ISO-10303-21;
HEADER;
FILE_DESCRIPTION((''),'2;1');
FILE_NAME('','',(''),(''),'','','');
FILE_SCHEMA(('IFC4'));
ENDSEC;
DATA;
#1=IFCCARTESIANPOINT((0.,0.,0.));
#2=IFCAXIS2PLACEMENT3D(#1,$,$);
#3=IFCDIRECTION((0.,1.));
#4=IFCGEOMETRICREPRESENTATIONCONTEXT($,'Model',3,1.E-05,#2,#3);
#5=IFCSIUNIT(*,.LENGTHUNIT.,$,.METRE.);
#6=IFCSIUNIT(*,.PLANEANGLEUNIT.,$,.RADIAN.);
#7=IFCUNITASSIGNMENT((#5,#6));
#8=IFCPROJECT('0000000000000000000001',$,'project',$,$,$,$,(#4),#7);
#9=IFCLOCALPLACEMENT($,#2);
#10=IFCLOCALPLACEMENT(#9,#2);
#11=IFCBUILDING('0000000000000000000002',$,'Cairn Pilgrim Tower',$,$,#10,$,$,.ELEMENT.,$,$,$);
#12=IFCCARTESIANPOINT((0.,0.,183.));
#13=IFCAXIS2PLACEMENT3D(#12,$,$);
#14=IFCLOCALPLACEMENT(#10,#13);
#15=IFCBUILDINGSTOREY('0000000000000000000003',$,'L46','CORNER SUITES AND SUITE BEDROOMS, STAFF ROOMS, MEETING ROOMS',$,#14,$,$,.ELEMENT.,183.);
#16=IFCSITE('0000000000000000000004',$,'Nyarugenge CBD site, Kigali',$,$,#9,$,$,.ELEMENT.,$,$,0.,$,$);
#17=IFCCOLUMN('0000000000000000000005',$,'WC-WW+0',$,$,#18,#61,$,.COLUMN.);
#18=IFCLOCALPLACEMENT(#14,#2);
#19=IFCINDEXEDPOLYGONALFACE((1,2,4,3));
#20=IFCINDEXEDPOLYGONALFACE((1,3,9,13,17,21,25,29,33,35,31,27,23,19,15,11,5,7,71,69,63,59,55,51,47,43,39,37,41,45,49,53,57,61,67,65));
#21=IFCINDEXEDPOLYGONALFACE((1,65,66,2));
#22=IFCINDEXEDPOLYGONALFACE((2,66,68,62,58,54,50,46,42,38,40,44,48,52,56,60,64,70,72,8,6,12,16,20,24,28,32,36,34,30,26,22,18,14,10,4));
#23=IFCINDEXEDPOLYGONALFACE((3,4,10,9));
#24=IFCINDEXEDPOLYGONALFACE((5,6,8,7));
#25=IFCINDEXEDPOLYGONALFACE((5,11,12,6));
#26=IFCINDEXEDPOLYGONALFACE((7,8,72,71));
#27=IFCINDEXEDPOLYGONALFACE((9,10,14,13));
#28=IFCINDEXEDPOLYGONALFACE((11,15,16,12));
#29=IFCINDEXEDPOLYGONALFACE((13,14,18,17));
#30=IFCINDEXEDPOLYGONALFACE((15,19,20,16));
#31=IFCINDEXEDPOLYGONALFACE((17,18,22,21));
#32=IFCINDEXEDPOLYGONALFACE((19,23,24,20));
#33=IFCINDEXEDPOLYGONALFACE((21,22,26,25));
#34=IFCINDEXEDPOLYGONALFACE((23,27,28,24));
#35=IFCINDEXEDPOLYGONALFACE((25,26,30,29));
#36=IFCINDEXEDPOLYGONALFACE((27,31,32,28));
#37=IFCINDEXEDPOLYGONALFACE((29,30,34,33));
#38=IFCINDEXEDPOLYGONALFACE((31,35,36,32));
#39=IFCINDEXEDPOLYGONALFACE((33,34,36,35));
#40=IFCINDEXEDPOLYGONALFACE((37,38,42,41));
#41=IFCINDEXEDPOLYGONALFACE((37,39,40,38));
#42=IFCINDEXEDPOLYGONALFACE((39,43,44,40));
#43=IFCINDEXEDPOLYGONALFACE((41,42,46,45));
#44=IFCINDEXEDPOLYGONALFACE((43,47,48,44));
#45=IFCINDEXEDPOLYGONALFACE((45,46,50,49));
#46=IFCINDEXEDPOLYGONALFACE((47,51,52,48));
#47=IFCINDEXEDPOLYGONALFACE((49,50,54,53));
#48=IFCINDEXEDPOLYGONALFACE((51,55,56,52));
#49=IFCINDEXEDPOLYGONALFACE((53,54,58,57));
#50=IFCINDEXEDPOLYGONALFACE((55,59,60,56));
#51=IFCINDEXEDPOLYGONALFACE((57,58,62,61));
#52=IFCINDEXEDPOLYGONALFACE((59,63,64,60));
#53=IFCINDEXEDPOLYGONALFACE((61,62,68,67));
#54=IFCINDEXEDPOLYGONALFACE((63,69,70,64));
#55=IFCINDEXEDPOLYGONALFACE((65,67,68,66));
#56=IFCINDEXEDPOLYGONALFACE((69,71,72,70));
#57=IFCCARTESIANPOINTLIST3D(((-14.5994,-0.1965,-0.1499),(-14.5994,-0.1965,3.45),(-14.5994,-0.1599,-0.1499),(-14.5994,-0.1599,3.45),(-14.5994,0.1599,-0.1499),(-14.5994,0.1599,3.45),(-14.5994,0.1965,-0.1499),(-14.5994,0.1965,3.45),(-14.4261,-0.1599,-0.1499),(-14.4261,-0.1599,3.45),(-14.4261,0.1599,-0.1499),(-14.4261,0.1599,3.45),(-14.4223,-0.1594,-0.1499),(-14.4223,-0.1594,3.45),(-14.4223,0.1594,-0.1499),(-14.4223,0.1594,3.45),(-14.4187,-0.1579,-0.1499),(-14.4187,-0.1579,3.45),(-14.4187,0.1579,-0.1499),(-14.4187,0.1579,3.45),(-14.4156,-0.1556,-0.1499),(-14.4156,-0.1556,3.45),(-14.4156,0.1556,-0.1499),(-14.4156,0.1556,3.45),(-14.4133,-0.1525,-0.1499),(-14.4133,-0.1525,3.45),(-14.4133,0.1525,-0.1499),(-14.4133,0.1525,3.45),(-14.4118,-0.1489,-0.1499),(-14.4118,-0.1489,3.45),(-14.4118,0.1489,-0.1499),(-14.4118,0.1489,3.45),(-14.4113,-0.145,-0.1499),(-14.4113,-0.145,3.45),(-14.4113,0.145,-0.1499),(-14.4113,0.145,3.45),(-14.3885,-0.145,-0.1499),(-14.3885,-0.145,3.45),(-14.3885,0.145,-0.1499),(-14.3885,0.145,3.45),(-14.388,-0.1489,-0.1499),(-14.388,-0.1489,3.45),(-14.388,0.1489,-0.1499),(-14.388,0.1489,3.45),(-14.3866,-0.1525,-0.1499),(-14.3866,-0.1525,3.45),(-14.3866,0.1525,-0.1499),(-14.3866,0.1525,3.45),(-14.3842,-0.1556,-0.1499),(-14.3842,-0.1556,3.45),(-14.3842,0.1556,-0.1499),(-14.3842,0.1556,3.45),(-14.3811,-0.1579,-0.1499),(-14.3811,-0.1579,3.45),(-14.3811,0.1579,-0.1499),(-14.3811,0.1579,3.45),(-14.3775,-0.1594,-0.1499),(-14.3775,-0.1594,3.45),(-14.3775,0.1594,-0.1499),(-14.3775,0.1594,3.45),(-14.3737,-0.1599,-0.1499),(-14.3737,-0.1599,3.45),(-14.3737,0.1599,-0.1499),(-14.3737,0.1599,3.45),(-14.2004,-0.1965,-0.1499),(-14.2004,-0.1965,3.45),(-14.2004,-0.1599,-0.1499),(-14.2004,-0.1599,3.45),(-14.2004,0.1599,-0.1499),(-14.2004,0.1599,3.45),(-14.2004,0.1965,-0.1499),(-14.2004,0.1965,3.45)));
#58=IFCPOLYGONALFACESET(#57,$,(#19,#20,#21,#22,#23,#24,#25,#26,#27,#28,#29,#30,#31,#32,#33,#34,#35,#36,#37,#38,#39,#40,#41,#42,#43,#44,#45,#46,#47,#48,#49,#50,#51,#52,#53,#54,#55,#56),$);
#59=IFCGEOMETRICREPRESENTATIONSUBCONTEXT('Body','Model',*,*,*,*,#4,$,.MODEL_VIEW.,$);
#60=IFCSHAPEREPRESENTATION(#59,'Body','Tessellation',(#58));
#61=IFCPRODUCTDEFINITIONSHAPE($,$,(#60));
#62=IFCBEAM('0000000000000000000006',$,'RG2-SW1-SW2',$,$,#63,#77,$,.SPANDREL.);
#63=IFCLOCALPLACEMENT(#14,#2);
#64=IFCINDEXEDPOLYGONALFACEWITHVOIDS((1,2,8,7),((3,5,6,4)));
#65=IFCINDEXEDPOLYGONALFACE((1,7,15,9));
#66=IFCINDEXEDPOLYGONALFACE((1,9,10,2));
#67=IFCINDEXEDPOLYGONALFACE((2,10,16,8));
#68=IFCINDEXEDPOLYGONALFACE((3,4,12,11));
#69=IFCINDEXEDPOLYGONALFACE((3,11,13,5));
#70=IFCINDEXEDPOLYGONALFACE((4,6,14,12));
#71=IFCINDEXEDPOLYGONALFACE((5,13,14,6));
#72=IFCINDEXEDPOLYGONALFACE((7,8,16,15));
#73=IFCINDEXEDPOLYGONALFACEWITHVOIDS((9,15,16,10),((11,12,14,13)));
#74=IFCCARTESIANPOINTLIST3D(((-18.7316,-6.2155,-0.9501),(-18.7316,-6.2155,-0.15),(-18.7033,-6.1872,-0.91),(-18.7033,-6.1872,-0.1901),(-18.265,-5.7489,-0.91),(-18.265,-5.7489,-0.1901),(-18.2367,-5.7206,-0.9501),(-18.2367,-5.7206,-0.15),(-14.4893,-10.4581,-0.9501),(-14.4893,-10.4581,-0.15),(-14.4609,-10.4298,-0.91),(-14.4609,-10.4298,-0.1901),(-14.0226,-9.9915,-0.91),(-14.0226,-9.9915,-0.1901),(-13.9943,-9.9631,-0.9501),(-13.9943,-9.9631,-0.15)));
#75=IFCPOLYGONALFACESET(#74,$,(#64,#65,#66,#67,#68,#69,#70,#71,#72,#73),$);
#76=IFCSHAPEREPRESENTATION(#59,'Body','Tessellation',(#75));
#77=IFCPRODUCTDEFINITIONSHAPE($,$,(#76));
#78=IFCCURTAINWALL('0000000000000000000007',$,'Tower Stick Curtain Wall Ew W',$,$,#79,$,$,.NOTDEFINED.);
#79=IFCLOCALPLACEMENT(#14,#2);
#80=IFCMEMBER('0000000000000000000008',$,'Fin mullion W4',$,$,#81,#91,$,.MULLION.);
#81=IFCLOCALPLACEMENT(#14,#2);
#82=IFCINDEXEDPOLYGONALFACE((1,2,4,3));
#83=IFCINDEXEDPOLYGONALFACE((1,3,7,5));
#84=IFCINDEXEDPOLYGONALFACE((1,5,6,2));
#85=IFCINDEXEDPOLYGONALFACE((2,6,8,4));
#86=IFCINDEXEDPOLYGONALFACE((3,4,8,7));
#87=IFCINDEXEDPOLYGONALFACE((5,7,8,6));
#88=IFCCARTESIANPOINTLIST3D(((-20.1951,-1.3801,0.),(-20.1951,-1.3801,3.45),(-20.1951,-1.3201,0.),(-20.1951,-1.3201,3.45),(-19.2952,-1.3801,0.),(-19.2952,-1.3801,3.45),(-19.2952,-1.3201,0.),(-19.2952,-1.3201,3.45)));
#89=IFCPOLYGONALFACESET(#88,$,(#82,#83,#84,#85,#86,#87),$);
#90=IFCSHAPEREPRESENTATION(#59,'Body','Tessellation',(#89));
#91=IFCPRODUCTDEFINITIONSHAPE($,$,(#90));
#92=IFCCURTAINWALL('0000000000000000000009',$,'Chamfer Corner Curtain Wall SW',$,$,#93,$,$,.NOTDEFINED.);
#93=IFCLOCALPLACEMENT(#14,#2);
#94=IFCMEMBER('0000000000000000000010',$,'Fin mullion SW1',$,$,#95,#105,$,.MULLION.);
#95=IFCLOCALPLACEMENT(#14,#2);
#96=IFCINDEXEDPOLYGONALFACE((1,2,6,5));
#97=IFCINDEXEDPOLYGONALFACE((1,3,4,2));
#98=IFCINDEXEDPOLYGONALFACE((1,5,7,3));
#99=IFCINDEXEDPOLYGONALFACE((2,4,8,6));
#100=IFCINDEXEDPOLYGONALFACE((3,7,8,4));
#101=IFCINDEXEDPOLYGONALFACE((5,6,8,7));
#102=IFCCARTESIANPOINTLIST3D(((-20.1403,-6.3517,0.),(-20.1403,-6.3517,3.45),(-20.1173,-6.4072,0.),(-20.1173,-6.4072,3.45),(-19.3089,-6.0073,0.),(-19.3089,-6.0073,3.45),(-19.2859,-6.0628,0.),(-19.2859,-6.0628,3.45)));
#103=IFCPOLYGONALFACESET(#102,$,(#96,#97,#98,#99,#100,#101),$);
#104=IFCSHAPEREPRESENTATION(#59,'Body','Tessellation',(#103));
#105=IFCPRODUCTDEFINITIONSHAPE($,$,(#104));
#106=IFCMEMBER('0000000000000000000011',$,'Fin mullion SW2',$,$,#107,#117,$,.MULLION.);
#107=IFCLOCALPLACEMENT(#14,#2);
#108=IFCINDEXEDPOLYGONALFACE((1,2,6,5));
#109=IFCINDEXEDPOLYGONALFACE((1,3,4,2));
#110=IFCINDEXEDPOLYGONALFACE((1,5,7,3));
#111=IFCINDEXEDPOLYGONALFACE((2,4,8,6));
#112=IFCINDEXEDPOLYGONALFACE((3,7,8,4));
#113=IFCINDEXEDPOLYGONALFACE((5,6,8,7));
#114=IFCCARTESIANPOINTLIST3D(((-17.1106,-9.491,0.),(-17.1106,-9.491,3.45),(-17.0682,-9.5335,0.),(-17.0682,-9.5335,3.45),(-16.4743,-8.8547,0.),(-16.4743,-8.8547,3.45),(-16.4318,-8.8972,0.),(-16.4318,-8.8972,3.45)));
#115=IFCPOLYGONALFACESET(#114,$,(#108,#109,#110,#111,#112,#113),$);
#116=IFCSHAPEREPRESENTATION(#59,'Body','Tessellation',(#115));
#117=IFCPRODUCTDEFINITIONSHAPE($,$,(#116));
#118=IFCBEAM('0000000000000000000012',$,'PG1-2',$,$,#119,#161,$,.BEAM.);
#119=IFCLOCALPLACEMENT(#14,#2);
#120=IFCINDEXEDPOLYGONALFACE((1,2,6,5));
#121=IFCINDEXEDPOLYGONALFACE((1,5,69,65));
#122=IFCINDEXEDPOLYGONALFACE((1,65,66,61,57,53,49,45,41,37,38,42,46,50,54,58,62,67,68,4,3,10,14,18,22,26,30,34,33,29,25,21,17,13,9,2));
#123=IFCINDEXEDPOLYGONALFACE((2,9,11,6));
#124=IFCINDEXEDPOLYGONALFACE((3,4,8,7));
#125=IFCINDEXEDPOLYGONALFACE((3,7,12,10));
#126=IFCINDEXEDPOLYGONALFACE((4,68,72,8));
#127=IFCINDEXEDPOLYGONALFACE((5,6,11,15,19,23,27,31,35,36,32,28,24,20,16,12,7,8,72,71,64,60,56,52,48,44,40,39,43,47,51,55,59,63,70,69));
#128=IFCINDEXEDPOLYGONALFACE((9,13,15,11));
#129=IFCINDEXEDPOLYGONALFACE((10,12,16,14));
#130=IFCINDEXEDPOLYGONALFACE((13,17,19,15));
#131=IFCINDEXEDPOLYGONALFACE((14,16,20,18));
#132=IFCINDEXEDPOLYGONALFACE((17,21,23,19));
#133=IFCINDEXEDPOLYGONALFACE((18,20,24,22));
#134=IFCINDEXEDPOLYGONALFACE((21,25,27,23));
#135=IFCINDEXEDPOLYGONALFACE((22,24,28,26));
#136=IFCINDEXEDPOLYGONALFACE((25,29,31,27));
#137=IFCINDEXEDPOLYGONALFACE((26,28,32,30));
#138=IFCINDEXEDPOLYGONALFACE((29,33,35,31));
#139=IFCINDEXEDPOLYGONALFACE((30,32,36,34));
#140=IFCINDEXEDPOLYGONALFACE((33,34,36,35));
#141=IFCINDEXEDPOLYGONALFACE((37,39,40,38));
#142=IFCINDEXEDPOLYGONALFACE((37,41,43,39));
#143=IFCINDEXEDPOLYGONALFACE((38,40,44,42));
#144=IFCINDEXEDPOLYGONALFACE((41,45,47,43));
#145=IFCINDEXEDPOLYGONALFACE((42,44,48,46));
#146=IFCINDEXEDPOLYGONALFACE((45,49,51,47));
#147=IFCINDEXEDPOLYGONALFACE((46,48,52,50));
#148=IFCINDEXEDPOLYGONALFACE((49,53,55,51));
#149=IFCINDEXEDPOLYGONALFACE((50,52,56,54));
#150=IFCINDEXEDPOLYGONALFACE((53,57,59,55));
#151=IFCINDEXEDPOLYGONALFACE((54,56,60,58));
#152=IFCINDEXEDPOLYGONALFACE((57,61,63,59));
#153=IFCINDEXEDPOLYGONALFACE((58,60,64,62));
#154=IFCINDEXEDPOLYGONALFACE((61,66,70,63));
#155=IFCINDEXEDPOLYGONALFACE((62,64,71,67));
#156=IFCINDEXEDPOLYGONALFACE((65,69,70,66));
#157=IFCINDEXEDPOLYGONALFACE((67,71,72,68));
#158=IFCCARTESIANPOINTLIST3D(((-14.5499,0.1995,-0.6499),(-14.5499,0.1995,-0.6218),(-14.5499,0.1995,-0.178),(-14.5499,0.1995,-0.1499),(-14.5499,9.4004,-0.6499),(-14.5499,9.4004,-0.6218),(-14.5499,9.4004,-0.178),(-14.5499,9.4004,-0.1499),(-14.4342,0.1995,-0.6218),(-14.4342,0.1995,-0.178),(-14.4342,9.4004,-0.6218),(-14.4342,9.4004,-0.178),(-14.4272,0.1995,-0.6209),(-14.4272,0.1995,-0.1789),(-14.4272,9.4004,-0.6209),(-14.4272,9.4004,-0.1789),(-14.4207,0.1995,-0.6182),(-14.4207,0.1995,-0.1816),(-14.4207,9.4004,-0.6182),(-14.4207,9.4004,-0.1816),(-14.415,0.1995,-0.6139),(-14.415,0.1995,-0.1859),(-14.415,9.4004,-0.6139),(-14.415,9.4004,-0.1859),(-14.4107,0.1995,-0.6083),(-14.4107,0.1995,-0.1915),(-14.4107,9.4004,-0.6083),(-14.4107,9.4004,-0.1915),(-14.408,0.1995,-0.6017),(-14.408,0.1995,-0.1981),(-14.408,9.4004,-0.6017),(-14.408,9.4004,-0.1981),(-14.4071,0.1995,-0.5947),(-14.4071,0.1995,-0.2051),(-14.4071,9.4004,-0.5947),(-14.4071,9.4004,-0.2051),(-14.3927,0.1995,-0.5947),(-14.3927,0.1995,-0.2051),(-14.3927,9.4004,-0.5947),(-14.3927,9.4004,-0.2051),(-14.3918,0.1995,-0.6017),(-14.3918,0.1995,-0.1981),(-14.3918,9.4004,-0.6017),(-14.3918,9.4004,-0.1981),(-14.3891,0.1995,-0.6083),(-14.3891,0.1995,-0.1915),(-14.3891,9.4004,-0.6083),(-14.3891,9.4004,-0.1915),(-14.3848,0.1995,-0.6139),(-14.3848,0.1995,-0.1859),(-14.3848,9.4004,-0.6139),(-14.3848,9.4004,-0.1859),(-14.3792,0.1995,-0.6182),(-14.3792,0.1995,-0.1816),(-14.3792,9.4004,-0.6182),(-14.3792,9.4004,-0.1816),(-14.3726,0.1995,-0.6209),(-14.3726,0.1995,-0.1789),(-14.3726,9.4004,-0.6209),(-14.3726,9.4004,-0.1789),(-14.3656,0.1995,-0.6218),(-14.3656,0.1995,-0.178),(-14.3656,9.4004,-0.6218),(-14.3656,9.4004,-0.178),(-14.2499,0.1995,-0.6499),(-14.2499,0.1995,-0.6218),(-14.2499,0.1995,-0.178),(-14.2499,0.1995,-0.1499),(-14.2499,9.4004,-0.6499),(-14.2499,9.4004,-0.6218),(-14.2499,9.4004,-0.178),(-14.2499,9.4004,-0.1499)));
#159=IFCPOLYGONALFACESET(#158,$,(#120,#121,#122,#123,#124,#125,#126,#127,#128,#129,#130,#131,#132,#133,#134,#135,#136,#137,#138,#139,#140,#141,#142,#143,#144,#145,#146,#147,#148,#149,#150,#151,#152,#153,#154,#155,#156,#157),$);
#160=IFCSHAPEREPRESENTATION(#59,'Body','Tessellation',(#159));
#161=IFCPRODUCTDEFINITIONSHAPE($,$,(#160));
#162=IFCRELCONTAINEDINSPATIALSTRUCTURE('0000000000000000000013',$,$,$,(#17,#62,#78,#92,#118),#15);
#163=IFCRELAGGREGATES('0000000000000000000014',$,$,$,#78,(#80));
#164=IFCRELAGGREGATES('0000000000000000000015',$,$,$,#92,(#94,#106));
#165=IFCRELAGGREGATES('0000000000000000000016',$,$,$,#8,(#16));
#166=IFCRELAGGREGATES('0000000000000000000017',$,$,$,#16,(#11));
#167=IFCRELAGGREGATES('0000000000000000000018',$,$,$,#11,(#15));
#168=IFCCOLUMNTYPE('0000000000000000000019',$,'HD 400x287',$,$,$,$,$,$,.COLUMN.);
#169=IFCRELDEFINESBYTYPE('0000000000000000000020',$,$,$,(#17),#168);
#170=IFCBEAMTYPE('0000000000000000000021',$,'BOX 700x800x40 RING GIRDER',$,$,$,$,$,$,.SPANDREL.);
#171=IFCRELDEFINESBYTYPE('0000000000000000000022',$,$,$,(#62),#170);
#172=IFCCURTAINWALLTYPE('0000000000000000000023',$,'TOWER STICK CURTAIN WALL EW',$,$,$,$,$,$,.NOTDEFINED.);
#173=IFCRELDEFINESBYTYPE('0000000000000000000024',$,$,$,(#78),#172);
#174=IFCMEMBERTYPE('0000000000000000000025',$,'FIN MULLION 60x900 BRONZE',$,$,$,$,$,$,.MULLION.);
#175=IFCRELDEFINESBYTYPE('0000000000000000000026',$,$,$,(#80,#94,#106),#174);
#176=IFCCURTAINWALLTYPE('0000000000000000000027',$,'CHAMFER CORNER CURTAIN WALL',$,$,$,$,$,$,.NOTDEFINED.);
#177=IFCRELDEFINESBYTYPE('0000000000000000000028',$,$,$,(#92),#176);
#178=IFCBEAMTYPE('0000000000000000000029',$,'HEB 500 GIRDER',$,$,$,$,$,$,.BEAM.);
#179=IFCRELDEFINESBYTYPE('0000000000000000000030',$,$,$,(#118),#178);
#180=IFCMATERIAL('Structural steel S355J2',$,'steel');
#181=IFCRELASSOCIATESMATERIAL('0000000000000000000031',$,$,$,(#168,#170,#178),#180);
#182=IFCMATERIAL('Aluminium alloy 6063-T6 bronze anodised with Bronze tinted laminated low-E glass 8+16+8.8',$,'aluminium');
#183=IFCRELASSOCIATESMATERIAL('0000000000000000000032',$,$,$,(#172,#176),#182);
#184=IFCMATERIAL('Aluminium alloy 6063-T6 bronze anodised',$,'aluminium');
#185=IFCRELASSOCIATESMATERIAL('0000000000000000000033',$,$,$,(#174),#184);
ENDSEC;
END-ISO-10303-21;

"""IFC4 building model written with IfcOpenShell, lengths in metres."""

from ifc_helpers import new_model, si_unit, direction, frame, origin, origin_2d, place, context, subcontext, project, spatial, rectangle, hollow_rectangle, i_section, extrude, material, material_profile, profile_set, type_object, element, aggregate, save


model = new_model("IFC4")

# Units and contexts
model_context = context("Model", 3, precision=1e-05, world=origin(), true_north=direction((0.0, 1.0)))
body_context = subcontext(model_context, "Body", "Model", "MODEL_VIEW")
ifc_project = project(units=[si_unit("LENGTHUNIT", "METRE"), si_unit("PLANEANGLEUNIT", "RADIAN")], contexts=[model_context])

# Site, building, storey
site_placement = place(None, origin())
site = spatial("IfcSite", under=ifc_project, at=site_placement, Name="Nyarugenge CBD site, Kigali", CompositionType="ELEMENT", RefElevation=0.0)
building_placement = place(site_placement, origin())
building = spatial("IfcBuilding", under=site, at=building_placement, Name="Cairn Pilgrim Tower", CompositionType="ELEMENT")
storey_placement = place(building_placement, frame((0.0, 0.0, 183.0)))
storey = spatial("IfcBuildingStorey", under=building, at=storey_placement, Name="L46", Description="CORNER SUITES AND SUITE BEDROOMS, STAFF ROOMS, MEETING ROOMS", CompositionType="ELEMENT", Elevation=183.0)

# Column
ifc_material_1 = material(Name="Structural steel S355J2", Category="steel")
ifc_material_profile_1 = material_profile(ifc_material_1, i_section(OverallWidth=0.3989, OverallDepth=0.3931, WebThickness=0.0227, FlangeThickness=0.0366, FilletRadius=0.0149, at=origin_2d()), Name="HD 400x287")
ifc_profile_set_1 = profile_set([ifc_material_profile_1], Name="Structural steel S355J2")
column_type_1 = type_object("IfcColumnType", Name="HD 400x287", PredefinedType="COLUMN", material=ifc_profile_set_1)
column_1_placement = place(storey_placement, frame((-14.3999, 0.0, -0.1499), z_axis=(0.0, 0.0, 1.0), x_axis=(1.0, 0.0, 0.0)))
element("IfcColumn", 1, at=column_1_placement, inside=storey, type_object=column_type_1, Name="WC-WW+0", PredefinedType="COLUMN", context=body_context, shape_type="SweptSolid", body=[
    extrude(i_section(OverallWidth=0.3989, OverallDepth=0.3931, WebThickness=0.0227, FlangeThickness=0.0366, FilletRadius=0.0149, at=origin_2d()), origin(), (0.0, 0.0, 1.0), 3.5999),
])

# Beam
ifc_material_profile_2 = material_profile(ifc_material_1, hollow_rectangle(XDim=0.7, YDim=0.8, WallThickness=0.04, at=origin_2d()), Name="BOX 700x800x40")
ifc_profile_set_2 = profile_set([ifc_material_profile_2], Name="Structural steel S355J2")
beam_type_1 = type_object("IfcBeamType", Name="BOX 700x800x40 RING GIRDER", PredefinedType="SPANDREL", material=ifc_profile_set_2)
beam_1_placement = place(storey_placement, frame((-18.4841, -5.968, -0.55), z_axis=(0.707086, -0.707127, 0.0), x_axis=(0.707127, 0.707086, 0.0)))
element("IfcBeam", 2, at=beam_1_placement, inside=storey, type_object=beam_type_1, Name="RG2-SW1-SW2", PredefinedType="SPANDREL", context=body_context, shape_type="SweptSolid", body=[
    extrude(hollow_rectangle(XDim=0.7, YDim=0.8, WallThickness=0.04, at=origin_2d()), origin(), (0.0, 0.0, 1.0), 5.9998),
])

# Curtain wall, member
ifc_material_2 = material(Name="Aluminium alloy 6063-T6 bronze anodised with Bronze tinted laminated low-E glass 8+16+8.8", Category="aluminium")
curtain_wall_type_1 = type_object("IfcCurtainWallType", Name="TOWER STICK CURTAIN WALL EW", PredefinedType="NOTDEFINED", material=ifc_material_2)
curtain_wall_1_placement = place(storey_placement, origin())
curtain_wall_1 = element("IfcCurtainWall", 3, at=curtain_wall_1_placement, inside=storey, type_object=curtain_wall_type_1, Name="Tower Stick Curtain Wall Ew W", PredefinedType="NOTDEFINED")
ifc_material_3 = material(Name="Aluminium alloy 6063-T6 bronze anodised", Category="aluminium")
ifc_material_profile_3 = material_profile(ifc_material_3, rectangle(XDim=0.8999, YDim=0.0601, at=origin_2d()), Name="FIN MULLION 60x900 BRONZE")
ifc_profile_set_3 = profile_set([ifc_material_profile_3], Name="Aluminium alloy 6063-T6 bronze anodised")
member_type_1 = type_object("IfcMemberType", Name="FIN MULLION 60x900 BRONZE", PredefinedType="MULLION", material=ifc_profile_set_3)
member_1_placement = place(storey_placement, frame((-19.7451, -1.3501, 0.0), z_axis=(0.0, 0.0, 1.0), x_axis=(-1.0, 0.0, 0.0)))
member_1 = element("IfcMember", 4, at=member_1_placement, type_object=member_type_1, Name="Fin mullion W4", PredefinedType="MULLION", context=body_context, shape_type="SweptSolid", body=[
    extrude(rectangle(XDim=0.8999, YDim=0.0601, at=origin_2d()), origin(), (0.0, 0.0, 1.0), 3.45),
])
aggregate(curtain_wall_1, [member_1])

# Curtain wall, members
curtain_wall_type_2 = type_object("IfcCurtainWallType", Name="CHAMFER CORNER CURTAIN WALL", PredefinedType="NOTDEFINED", material=ifc_material_2)
curtain_wall_2_placement = place(storey_placement, origin())
curtain_wall_2 = element("IfcCurtainWall", 5, at=curtain_wall_2_placement, inside=storey, type_object=curtain_wall_type_2, Name="Chamfer Corner Curtain Wall SW", PredefinedType="NOTDEFINED")
member_2_placement = place(storey_placement, frame((-19.7131, -6.2073, 0.0), z_axis=(0.0, 0.0, 1.0), x_axis=(-0.92388, -0.382683, 0.0)))
member_2 = element("IfcMember", 6, at=member_2_placement, type_object=member_type_1, Name="Fin mullion SW1", PredefinedType="MULLION", context=body_context, shape_type="SweptSolid", body=[
    extrude(rectangle(XDim=0.8999, YDim=0.0601, at=origin_2d()), origin(), (0.0, 0.0, 1.0), 3.45),
])
member_3_placement = place(storey_placement, frame((-16.7712, -9.1941, 0.0), z_axis=(0.0, 0.0, 1.0), x_axis=(-0.707107, -0.707107, 0.0)))
member_3 = element("IfcMember", 7, at=member_3_placement, type_object=member_type_1, Name="Fin mullion SW2", PredefinedType="MULLION", context=body_context, shape_type="SweptSolid", body=[
    extrude(rectangle(XDim=0.8999, YDim=0.0601, at=origin_2d()), origin(), (0.0, 0.0, 1.0), 3.45),
])

# Beam
ifc_material_profile_4 = material_profile(ifc_material_1, i_section(OverallWidth=0.3, OverallDepth=0.5, WebThickness=0.0144, FlangeThickness=0.0281, FilletRadius=0.0271, at=origin_2d()), Name="HEB 500")
ifc_profile_set_4 = profile_set([ifc_material_profile_4], Name="Structural steel S355J2")
beam_type_2 = type_object("IfcBeamType", Name="HEB 500 GIRDER", PredefinedType="BEAM", material=ifc_profile_set_4)
beam_2_placement = place(storey_placement, frame((-14.3999, 0.1995, -0.3999), z_axis=(0.0, 1.0, 0.0), x_axis=(-1.0, 0.0, 0.0)))
element("IfcBeam", 8, at=beam_2_placement, inside=storey, type_object=beam_type_2, Name="PG1-2", PredefinedType="BEAM", context=body_context, shape_type="SweptSolid", body=[
    extrude(i_section(OverallWidth=0.3, OverallDepth=0.5, WebThickness=0.0144, FlangeThickness=0.0281, FilletRadius=0.0271, at=origin_2d()), origin(), (0.0, 0.0, 1.0), 9.2009),
])

aggregate(curtain_wall_2, [member_2, member_3])

save(model, "model.ifc")
